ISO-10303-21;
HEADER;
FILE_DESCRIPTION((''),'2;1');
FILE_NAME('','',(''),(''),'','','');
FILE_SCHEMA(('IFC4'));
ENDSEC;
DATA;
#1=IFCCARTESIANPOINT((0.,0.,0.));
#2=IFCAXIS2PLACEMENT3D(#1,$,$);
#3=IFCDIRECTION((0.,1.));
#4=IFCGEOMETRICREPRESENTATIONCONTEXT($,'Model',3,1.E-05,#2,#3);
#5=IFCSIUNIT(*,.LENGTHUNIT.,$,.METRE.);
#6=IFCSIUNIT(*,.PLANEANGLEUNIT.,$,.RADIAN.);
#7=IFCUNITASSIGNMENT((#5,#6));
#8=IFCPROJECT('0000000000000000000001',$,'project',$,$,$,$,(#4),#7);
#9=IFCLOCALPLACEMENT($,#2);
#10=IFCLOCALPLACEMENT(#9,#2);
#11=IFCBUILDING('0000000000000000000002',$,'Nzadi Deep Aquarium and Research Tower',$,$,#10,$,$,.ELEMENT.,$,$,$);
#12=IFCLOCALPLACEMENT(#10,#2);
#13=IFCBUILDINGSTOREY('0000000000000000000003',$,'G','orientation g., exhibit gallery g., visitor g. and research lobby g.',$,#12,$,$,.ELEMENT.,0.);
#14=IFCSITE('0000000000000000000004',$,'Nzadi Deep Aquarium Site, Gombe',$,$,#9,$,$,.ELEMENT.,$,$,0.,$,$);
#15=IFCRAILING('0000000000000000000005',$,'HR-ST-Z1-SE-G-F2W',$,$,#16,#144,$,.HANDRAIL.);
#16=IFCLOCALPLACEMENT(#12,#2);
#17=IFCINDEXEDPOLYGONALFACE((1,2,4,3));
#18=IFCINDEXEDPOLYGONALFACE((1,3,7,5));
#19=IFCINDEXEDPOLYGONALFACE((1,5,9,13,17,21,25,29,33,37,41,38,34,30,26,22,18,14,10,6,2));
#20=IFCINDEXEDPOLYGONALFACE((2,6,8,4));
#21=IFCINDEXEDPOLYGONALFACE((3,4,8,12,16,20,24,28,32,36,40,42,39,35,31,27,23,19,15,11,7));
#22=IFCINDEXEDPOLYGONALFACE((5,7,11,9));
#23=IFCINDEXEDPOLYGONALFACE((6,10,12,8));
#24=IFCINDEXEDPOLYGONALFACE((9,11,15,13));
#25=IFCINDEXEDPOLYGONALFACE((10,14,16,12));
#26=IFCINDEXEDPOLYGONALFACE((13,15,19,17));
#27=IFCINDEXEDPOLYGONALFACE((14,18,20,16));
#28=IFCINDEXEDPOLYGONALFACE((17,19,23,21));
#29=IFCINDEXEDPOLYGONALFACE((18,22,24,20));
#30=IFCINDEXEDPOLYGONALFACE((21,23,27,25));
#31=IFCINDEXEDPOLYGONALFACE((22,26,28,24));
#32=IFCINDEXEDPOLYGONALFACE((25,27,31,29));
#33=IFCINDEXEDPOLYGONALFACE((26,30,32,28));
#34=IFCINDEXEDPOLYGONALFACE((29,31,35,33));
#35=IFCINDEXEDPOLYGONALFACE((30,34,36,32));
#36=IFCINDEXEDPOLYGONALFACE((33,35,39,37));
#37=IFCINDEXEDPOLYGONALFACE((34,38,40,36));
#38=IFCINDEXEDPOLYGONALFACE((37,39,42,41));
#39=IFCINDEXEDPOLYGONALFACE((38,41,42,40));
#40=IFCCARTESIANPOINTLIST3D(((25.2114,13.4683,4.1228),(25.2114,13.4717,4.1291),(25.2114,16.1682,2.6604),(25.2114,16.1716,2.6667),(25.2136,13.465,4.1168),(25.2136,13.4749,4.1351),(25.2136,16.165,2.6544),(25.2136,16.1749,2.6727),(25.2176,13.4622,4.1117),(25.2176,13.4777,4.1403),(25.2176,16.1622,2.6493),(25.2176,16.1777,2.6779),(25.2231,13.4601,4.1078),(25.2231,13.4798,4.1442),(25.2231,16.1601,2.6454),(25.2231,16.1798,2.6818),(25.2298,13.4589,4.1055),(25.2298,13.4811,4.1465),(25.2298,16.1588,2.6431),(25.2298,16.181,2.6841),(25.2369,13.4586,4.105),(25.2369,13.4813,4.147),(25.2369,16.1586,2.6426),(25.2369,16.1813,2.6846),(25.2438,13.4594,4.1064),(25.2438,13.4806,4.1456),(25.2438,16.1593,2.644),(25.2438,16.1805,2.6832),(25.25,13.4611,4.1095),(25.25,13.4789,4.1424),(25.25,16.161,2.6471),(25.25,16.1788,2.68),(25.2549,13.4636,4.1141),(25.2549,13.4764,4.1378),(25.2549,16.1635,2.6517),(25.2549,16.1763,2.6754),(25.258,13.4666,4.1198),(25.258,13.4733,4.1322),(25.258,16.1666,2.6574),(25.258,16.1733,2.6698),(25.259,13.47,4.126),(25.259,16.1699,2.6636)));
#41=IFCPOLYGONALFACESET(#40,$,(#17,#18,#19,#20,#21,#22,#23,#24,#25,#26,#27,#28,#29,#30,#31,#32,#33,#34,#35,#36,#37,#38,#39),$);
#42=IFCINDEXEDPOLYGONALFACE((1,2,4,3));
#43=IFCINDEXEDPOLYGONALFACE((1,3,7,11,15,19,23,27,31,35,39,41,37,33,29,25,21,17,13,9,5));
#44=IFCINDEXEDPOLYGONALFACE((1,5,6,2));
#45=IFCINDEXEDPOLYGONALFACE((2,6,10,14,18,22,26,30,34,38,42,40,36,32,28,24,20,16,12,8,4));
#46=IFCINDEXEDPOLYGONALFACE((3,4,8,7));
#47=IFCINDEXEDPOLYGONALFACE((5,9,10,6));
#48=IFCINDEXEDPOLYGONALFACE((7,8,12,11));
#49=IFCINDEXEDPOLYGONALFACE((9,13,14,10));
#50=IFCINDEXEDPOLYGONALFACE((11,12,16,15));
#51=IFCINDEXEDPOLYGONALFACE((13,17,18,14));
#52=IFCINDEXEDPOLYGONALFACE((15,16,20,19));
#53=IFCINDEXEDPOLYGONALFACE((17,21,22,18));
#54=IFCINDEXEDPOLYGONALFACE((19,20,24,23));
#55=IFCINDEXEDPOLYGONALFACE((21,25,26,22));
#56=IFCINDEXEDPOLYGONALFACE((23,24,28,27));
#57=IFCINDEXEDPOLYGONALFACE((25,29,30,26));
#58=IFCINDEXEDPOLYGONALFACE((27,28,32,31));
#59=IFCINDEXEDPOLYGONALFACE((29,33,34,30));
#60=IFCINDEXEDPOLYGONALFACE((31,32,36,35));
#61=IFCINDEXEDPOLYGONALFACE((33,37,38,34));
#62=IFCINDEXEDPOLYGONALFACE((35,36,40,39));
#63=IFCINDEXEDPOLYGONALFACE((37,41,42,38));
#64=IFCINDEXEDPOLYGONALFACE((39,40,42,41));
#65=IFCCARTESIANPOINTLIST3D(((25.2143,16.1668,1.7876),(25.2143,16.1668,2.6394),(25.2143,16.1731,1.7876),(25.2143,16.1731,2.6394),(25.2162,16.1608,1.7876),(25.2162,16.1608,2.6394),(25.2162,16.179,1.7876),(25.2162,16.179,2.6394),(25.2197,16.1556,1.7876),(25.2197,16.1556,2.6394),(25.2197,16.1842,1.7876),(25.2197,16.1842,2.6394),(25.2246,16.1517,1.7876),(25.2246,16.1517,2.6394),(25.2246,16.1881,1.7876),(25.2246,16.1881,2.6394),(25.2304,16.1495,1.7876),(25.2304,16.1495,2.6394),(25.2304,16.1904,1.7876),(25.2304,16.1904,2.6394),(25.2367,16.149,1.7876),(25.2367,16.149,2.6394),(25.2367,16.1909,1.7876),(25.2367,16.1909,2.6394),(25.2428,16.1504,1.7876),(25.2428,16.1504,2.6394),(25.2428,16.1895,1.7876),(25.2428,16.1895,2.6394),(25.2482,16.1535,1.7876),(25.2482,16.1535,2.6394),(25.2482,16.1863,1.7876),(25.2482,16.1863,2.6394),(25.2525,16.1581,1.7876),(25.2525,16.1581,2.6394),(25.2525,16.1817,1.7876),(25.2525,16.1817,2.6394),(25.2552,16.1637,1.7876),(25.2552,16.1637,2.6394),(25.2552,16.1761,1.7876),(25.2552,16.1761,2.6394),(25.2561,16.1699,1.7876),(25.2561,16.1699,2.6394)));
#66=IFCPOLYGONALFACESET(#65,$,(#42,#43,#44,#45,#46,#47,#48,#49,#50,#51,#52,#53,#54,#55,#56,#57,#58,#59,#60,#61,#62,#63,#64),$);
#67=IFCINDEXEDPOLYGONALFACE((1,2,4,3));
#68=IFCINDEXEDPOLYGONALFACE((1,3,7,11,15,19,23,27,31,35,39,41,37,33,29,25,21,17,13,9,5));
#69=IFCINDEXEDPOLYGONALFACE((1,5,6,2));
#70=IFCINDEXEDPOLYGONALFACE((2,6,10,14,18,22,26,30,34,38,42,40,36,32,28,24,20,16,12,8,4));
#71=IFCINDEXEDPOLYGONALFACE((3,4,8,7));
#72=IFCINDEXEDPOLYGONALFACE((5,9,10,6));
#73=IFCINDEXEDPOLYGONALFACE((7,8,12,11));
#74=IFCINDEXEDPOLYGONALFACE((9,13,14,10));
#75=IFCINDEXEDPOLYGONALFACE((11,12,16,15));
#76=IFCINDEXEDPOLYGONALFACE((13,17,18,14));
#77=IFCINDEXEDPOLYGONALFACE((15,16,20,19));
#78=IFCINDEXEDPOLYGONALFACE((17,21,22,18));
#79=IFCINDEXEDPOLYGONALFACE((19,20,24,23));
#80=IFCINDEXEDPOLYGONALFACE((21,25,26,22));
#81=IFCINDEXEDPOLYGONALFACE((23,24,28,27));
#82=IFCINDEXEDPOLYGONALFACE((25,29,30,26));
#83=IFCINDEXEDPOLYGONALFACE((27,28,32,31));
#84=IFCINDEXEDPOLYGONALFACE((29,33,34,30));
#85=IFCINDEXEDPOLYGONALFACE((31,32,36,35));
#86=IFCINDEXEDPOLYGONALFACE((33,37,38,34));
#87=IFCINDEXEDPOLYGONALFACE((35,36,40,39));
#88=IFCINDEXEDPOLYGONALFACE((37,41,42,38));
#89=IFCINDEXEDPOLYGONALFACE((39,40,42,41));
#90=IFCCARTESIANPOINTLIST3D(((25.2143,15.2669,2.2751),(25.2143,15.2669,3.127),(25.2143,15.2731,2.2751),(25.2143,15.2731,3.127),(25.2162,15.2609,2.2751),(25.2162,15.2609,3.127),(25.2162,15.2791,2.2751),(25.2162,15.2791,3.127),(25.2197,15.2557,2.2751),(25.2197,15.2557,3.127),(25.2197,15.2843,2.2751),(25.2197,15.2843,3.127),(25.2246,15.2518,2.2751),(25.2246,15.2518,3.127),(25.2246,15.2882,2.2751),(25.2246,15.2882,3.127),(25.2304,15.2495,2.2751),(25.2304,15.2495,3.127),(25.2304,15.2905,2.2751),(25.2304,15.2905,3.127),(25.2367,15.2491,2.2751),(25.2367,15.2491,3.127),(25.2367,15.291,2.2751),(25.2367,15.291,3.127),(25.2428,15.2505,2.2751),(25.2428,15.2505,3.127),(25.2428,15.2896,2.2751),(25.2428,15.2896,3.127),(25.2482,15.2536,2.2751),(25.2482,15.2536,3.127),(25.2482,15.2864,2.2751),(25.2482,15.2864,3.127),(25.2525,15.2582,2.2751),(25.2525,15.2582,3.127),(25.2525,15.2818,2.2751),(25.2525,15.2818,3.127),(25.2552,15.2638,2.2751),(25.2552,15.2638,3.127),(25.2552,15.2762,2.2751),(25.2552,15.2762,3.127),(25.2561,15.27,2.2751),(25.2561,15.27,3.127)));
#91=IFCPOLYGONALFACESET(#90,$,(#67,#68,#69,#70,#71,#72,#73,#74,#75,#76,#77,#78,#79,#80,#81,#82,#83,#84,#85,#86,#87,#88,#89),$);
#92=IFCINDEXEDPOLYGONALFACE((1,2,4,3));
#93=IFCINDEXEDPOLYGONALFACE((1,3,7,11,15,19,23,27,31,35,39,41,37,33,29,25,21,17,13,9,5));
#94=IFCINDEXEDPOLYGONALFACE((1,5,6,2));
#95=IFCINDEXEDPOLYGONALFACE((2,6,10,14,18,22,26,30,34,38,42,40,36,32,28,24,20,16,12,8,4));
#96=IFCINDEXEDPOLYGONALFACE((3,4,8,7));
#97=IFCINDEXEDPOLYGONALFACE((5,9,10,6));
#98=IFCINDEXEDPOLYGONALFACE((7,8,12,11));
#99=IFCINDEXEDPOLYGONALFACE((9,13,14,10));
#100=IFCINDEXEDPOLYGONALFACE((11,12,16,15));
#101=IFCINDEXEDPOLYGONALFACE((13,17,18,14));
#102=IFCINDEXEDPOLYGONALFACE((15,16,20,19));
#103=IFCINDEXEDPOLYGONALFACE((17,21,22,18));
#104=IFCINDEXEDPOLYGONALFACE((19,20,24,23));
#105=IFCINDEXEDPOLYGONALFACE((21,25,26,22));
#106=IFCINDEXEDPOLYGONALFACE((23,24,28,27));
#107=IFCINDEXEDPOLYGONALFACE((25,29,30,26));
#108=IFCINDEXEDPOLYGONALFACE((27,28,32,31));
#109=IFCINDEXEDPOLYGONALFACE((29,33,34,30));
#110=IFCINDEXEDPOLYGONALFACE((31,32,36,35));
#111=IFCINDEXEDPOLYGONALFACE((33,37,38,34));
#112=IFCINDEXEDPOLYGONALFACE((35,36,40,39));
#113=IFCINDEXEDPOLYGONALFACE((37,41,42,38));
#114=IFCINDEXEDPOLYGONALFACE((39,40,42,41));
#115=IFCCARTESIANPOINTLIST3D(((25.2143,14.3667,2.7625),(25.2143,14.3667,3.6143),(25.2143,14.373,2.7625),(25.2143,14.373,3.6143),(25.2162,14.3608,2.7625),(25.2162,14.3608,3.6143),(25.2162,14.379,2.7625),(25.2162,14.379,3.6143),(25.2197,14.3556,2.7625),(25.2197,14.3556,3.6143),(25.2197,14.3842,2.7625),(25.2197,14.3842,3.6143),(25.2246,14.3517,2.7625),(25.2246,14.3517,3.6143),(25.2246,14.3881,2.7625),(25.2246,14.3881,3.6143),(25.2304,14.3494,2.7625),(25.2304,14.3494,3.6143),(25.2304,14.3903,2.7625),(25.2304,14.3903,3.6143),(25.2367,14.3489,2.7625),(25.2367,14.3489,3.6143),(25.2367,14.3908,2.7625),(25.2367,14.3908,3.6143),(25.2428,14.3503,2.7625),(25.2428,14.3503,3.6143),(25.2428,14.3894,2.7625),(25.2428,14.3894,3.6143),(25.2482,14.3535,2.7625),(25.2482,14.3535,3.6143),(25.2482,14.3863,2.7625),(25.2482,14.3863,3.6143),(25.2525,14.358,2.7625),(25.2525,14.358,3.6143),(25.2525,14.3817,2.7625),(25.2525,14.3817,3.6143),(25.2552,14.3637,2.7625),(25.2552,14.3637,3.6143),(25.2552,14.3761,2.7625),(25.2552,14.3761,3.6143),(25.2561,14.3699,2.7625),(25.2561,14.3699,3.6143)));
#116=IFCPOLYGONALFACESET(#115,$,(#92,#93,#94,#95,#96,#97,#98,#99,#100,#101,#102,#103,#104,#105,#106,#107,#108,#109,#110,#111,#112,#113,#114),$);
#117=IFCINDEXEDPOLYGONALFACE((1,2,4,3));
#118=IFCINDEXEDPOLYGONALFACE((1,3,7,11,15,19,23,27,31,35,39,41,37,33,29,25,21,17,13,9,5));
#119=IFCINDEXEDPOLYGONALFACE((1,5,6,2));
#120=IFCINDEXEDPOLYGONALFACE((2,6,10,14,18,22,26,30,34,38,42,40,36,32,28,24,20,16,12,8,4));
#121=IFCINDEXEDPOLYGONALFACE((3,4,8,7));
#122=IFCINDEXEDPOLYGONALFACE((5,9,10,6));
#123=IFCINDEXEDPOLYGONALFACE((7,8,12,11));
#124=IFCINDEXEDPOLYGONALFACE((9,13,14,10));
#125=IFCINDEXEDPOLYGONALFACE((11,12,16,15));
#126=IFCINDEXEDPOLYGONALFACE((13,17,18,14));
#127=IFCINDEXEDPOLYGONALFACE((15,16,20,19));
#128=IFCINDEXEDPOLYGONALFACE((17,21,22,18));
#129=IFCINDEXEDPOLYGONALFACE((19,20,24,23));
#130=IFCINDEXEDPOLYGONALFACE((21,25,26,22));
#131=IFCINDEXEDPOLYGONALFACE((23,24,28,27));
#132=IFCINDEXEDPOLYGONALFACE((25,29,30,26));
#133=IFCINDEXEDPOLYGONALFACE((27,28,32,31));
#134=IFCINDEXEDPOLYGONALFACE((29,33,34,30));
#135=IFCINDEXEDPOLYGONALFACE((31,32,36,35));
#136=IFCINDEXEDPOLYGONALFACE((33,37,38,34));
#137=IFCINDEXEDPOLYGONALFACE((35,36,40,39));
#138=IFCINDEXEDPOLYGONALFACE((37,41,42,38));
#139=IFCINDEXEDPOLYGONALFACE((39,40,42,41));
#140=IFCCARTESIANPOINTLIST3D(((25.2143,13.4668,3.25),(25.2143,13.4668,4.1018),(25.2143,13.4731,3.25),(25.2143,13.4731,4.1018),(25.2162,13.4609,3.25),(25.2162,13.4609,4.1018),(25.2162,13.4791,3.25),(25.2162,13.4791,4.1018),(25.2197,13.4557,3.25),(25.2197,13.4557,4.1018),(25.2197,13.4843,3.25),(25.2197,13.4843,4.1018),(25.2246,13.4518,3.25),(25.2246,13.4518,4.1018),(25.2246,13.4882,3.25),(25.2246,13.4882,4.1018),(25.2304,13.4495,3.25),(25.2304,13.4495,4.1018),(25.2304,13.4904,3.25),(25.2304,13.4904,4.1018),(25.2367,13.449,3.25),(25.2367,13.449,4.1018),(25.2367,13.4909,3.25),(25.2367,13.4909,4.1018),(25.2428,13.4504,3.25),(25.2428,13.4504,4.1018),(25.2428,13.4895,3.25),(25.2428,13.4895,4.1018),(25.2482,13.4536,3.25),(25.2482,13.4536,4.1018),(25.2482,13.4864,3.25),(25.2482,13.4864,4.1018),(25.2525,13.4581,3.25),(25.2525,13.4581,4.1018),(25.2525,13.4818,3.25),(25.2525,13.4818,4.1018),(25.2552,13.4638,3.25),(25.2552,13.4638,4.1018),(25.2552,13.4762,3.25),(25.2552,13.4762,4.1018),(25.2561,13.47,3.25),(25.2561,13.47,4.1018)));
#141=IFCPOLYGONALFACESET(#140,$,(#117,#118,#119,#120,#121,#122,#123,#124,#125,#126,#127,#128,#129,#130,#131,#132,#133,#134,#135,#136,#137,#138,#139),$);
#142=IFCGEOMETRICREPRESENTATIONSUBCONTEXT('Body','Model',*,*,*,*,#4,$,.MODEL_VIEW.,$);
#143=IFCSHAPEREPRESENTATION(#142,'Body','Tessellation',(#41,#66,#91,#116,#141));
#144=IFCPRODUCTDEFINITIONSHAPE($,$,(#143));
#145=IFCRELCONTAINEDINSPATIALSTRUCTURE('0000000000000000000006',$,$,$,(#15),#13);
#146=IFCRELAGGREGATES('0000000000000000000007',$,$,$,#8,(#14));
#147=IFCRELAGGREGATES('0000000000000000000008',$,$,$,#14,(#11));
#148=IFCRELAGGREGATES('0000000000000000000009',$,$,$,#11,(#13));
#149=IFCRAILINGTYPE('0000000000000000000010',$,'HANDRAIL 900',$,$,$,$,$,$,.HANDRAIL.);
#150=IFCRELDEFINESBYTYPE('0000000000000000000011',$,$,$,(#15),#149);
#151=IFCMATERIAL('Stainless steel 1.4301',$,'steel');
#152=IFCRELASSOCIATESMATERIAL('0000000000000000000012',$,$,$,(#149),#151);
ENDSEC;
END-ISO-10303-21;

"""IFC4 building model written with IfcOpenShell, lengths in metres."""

from ifc_helpers import new_model, si_unit, direction, frame, origin, origin_2d, place, context, subcontext, project, spatial, circle, extrude, material, type_object, element, save


model = new_model("IFC4")

# Units and contexts
model_context = context("Model", 3, precision=1e-05, world=origin(), true_north=direction((0.0, 1.0)))
body_context = subcontext(model_context, "Body", "Model", "MODEL_VIEW")
ifc_project = project(units=[si_unit("LENGTHUNIT", "METRE"), si_unit("PLANEANGLEUNIT", "RADIAN")], contexts=[model_context])

# Site, building, storey
site_placement = place(None, origin())
site = spatial("IfcSite", under=ifc_project, at=site_placement, Name="Nzadi Deep Aquarium Site, Gombe", CompositionType="ELEMENT", RefElevation=0.0)
building_placement = place(site_placement, origin())
building = spatial("IfcBuilding", under=site, at=building_placement, Name="Nzadi Deep Aquarium and Research Tower", CompositionType="ELEMENT")
storey_placement = place(building_placement, origin())
storey = spatial("IfcBuildingStorey", under=building, at=storey_placement, Name="G", Description="orientation g., exhibit gallery g., visitor g. and research lobby g.", CompositionType="ELEMENT", Elevation=0.0)

# Railing
ifc_material_1 = material(Name="Stainless steel 1.4301", Category="steel")
railing_type = type_object("IfcRailingType", Name="HANDRAIL 900", PredefinedType="HANDRAIL", material=ifc_material_1)
for number, where, name in (
    (1, (25.2351, 16.1699, 1.7876), "HR-ST-Z1-SE-G-F2W"),
):
    element("IfcRailing", number, at=place(storey_placement, frame(where)), inside=storey, type_object=railing_type, Name=name, PredefinedType="HANDRAIL", context=body_context, shape_type="SweptSolid", body=[
        extrude(circle(Radius=0.0239, at=origin_2d()), frame((0.0, 0.0, 0.876), z_axis=(0.0, -0.879302, 0.476265), x_axis=(1.0, 0.0, 0.0)), (0.0, 0.0, 1.0), 3.0706),
        extrude(circle(Radius=0.021, at=origin_2d()), origin(), (0.0, 0.0, 1.0), 0.8518),
        extrude(circle(Radius=0.021, at=origin_2d()), frame((0.0, -0.8999, 0.4875)), (0.0, 0.0, 1.0), 0.8518),
        extrude(circle(Radius=0.021, at=origin_2d()), frame((0.0, -1.8, 0.9749)), (0.0, 0.0, 1.0), 0.8518),
        extrude(circle(Radius=0.021, at=origin_2d()), frame((0.0, -2.7, 1.4624)), (0.0, 0.0, 1.0), 0.8518),
    ])

save(model, "model.ifc")
